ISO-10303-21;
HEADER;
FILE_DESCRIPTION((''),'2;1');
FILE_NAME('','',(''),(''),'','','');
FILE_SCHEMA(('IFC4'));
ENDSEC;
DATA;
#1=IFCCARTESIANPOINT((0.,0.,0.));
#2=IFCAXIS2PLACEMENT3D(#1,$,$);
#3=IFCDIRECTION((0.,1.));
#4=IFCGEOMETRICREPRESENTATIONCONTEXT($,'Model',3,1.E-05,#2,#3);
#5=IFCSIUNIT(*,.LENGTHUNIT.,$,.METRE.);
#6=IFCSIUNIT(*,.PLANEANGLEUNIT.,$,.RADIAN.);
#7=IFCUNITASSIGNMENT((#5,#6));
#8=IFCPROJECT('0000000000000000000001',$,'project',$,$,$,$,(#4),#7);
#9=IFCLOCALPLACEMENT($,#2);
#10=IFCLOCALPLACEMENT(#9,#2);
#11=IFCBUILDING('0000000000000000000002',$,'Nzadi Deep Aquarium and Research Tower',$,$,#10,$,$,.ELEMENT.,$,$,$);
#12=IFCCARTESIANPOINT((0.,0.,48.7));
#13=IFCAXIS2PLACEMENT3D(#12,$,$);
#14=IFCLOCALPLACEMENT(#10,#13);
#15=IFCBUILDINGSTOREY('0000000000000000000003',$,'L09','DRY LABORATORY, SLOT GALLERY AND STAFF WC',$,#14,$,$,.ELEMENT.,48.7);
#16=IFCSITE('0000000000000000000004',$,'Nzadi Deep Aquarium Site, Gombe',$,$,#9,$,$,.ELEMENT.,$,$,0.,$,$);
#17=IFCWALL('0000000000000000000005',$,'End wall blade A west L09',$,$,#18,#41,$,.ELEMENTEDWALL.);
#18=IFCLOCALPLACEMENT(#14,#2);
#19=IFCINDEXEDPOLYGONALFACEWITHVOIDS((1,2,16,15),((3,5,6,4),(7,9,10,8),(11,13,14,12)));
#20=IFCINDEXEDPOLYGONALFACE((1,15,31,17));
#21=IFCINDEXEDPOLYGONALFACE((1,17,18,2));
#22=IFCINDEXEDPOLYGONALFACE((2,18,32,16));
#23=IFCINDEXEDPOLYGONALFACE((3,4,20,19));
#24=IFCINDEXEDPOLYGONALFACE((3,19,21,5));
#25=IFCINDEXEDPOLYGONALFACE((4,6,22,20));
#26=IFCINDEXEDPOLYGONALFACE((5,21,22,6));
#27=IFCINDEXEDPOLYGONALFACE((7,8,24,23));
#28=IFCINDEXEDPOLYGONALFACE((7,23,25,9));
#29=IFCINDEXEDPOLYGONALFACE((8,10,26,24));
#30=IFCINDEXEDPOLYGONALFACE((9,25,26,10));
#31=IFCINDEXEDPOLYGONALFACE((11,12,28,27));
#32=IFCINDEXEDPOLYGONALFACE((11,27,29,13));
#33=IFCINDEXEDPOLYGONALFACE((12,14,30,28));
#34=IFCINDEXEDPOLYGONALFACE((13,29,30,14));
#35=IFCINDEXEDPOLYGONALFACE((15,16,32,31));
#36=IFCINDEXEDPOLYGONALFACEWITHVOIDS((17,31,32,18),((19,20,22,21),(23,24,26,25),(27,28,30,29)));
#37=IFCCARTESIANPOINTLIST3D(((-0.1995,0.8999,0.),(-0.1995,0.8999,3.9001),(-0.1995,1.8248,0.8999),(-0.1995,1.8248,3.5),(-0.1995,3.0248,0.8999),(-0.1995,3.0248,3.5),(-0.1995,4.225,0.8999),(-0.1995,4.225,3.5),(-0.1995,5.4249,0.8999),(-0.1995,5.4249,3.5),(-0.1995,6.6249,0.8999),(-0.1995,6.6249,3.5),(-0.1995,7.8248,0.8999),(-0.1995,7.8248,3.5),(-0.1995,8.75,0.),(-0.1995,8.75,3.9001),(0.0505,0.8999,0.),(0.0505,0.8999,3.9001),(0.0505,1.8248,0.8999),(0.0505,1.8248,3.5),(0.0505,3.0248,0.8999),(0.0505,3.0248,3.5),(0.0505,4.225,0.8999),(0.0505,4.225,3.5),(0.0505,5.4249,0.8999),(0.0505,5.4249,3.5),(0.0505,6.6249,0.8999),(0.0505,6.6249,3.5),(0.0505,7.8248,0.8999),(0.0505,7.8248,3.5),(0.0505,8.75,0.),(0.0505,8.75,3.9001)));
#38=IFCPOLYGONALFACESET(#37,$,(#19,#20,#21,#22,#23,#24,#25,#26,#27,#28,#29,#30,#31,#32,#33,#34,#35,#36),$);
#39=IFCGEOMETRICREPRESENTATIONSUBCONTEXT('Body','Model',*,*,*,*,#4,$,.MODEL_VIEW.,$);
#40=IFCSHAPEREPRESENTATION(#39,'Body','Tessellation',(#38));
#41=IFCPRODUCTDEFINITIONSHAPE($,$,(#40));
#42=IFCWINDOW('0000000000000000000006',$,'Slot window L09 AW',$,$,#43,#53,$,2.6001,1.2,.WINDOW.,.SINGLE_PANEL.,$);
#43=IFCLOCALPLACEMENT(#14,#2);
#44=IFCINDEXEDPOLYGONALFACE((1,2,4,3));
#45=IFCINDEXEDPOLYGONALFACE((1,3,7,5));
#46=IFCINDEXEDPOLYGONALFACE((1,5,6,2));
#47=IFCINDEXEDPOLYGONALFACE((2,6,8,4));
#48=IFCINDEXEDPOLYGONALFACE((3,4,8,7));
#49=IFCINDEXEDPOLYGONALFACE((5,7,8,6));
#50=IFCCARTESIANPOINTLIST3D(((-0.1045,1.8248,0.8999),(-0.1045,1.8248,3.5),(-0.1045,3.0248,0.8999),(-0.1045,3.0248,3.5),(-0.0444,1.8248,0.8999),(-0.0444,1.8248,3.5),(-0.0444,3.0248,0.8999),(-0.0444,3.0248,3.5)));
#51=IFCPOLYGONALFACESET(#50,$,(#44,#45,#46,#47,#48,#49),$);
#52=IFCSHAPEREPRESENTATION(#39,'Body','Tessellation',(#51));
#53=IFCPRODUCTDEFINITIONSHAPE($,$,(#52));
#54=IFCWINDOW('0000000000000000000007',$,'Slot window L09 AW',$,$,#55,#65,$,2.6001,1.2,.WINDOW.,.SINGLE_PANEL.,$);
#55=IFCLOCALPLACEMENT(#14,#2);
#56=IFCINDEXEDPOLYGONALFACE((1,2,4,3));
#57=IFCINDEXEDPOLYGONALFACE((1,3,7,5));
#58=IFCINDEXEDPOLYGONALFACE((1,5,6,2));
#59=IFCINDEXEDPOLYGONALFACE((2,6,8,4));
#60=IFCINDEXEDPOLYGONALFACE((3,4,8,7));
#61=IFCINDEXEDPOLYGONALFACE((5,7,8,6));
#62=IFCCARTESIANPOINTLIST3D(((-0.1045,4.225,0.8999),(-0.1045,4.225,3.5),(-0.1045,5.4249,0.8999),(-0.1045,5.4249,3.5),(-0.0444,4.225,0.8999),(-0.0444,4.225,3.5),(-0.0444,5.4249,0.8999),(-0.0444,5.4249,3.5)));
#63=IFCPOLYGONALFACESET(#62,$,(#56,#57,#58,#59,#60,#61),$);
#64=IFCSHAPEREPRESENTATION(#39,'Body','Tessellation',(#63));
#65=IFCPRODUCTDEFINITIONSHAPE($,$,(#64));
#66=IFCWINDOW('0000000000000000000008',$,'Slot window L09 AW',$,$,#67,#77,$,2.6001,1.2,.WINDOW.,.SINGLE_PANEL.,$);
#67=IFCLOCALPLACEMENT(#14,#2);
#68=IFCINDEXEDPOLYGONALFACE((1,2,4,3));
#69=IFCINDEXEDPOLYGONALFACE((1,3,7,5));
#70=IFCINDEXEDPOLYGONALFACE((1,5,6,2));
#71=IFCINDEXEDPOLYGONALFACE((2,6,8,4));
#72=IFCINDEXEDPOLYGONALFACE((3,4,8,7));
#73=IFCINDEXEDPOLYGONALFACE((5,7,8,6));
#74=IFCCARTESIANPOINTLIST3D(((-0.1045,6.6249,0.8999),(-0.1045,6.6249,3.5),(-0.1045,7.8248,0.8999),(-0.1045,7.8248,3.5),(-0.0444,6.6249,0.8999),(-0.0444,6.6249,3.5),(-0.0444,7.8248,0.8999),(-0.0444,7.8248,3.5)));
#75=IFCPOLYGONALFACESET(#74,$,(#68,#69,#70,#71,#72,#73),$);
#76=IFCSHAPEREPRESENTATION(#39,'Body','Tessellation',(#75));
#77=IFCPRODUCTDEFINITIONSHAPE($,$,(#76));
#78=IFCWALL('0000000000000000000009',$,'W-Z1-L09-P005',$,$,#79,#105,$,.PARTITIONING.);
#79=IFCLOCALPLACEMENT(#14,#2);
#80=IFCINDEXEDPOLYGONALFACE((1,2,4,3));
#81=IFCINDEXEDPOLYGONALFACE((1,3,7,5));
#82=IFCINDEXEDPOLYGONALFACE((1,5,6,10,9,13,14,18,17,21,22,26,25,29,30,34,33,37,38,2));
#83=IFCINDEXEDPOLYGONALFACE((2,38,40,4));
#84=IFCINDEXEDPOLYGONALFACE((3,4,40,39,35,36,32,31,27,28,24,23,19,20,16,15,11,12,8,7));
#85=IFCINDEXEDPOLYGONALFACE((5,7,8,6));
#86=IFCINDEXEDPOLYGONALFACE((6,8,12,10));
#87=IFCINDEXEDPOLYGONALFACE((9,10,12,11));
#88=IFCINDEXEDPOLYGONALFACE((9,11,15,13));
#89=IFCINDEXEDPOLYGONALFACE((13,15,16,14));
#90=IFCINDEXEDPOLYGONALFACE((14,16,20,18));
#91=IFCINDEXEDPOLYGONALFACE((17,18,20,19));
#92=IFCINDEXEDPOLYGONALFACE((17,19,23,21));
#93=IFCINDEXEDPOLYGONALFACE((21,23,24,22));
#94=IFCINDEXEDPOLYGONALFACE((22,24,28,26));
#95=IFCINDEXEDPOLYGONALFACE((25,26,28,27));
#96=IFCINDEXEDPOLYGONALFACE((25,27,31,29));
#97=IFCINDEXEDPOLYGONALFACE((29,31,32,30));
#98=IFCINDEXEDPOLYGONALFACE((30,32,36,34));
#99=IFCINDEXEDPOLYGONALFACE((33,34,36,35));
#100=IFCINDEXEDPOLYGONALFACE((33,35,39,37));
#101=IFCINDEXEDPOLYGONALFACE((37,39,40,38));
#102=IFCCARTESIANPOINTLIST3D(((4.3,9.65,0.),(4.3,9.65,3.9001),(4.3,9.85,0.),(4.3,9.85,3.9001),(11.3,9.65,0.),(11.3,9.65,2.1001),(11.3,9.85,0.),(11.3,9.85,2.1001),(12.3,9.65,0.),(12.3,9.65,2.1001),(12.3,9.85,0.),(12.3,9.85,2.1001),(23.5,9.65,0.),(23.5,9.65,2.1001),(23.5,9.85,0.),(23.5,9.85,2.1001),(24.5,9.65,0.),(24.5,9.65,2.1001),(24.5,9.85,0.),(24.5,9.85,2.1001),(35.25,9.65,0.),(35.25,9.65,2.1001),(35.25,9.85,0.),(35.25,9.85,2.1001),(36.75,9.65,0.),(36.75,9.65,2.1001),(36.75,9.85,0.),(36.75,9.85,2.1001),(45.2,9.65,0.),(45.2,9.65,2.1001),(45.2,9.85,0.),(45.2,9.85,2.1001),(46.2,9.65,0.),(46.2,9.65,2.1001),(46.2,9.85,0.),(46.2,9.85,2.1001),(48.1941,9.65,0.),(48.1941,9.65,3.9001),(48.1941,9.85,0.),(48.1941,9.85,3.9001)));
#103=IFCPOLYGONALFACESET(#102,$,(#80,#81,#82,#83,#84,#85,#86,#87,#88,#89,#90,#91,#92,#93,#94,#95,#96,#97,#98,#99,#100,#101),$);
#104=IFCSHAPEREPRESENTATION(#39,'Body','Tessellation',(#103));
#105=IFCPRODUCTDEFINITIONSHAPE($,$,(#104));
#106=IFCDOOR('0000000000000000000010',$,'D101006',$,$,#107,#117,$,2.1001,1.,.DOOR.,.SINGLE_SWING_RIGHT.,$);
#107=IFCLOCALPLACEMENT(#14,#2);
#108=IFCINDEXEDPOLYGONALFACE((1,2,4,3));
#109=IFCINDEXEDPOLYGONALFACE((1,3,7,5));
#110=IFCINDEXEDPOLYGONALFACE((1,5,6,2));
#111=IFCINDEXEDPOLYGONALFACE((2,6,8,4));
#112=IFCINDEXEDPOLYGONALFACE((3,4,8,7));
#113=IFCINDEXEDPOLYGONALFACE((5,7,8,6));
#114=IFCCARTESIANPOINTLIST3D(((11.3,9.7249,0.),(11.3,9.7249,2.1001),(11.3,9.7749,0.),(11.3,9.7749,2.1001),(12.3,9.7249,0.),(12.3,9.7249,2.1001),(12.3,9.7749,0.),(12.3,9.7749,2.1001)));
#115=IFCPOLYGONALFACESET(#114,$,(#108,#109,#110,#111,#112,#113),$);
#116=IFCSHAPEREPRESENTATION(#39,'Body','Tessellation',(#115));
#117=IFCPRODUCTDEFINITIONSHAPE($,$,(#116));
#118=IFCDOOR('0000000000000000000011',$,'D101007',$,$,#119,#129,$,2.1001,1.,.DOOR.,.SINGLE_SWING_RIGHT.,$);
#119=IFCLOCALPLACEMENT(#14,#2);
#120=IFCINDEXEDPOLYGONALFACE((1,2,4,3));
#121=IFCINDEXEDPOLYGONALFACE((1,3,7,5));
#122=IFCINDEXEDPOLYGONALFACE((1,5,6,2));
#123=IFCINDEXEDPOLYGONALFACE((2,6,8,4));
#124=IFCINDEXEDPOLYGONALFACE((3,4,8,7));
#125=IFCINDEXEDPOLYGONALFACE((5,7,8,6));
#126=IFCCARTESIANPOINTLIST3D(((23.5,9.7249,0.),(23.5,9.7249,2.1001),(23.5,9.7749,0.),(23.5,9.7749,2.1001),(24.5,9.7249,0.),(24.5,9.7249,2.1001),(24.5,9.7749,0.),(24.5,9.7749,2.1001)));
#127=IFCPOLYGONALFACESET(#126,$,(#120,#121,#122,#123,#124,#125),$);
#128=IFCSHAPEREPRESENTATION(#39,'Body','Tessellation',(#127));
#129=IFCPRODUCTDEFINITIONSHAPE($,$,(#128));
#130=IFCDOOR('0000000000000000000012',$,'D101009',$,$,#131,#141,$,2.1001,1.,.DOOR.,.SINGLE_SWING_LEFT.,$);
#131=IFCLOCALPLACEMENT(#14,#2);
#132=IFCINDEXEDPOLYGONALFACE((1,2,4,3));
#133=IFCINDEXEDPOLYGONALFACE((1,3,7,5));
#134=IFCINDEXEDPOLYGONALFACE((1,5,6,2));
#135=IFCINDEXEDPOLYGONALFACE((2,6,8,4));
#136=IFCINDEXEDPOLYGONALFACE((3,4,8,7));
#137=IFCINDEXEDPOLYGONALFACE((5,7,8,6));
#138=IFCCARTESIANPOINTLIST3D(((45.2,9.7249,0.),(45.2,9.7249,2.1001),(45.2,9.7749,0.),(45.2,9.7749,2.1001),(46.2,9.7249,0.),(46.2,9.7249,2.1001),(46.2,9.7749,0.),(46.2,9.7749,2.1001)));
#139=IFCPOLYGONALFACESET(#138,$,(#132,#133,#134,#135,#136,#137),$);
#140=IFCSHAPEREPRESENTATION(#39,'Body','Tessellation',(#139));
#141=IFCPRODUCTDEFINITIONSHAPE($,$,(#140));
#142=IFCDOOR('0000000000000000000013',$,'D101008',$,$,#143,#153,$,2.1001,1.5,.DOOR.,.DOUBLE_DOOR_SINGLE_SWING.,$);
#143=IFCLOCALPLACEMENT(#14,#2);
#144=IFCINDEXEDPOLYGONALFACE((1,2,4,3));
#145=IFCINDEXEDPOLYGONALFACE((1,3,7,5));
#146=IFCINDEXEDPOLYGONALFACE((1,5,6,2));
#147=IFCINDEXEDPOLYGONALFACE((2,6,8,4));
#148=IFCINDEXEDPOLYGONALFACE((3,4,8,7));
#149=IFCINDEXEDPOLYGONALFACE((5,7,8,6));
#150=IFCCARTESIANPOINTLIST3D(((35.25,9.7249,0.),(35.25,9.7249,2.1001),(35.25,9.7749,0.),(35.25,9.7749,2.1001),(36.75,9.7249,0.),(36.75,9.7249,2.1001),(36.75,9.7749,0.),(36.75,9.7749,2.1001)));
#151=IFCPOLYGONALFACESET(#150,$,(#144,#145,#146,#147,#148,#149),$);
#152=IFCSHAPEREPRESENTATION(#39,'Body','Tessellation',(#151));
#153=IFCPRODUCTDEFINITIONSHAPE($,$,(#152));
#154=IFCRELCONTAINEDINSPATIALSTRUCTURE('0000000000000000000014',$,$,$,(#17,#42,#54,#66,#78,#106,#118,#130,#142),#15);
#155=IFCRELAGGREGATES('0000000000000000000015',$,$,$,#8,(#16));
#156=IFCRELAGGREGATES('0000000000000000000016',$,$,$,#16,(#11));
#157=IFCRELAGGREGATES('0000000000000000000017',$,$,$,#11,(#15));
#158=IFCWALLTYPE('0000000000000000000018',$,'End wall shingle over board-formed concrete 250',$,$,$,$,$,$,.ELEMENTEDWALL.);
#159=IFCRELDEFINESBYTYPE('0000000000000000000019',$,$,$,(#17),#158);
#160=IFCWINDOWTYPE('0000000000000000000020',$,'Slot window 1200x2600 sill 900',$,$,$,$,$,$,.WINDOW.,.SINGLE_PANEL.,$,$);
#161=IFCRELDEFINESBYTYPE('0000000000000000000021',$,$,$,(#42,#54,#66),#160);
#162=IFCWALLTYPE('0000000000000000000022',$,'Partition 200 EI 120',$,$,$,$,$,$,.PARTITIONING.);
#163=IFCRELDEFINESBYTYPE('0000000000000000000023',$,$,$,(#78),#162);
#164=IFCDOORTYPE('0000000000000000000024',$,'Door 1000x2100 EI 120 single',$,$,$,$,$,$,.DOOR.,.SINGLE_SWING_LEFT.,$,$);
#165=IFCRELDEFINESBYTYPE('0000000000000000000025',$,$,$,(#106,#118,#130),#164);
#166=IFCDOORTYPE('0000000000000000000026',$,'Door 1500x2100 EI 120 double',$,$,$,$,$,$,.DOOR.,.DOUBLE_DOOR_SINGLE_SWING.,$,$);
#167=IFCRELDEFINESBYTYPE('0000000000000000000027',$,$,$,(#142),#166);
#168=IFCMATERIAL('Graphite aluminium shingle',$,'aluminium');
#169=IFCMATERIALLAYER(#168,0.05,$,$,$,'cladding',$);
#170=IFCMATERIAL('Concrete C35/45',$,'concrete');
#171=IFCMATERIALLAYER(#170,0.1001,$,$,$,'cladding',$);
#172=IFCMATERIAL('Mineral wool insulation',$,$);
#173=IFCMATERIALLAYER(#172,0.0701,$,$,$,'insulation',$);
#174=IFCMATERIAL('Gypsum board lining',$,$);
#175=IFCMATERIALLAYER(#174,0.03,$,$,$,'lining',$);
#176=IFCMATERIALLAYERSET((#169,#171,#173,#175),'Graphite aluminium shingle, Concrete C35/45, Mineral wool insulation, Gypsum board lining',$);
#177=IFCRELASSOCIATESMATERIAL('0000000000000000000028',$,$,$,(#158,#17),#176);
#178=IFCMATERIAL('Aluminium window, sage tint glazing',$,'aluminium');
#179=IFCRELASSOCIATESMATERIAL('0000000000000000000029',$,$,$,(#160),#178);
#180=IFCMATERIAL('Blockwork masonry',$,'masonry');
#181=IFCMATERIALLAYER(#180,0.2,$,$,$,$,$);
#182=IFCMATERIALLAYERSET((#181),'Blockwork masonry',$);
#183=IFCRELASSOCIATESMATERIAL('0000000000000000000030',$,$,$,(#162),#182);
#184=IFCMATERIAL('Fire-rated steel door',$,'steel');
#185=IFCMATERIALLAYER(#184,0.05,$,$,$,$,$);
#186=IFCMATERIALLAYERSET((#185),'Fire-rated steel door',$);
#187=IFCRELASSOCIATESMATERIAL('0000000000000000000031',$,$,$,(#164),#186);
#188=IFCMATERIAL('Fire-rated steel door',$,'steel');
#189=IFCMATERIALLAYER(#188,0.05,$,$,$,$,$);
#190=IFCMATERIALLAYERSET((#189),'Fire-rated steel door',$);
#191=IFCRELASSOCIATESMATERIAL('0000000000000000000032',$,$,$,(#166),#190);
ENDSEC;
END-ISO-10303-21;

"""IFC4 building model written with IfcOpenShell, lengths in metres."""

from ifc_helpers import new_model, si_unit, direction, frame, frame_2d, origin, place, context, subcontext, project, spatial, rectangle, extrude, material, layer, layer_set, layer_usage, type_object, element, fill, save


model = new_model("IFC4")

# Units and contexts
model_context = context("Model", 3, precision=1e-05, world=origin(), true_north=direction((0.0, 1.0)))
body_context = subcontext(model_context, "Body", "Model", "MODEL_VIEW")
ifc_project = project(units=[si_unit("LENGTHUNIT", "METRE"), si_unit("PLANEANGLEUNIT", "RADIAN")], contexts=[model_context])

# Site, building, storey
site_placement = place(None, origin())
site = spatial("IfcSite", under=ifc_project, at=site_placement, Name="Nzadi Deep Aquarium Site, Gombe", CompositionType="ELEMENT", RefElevation=0.0)
building_placement = place(site_placement, origin())
building = spatial("IfcBuilding", under=site, at=building_placement, Name="Nzadi Deep Aquarium and Research Tower", CompositionType="ELEMENT")
storey_placement = place(building_placement, frame((0.0, 0.0, 48.7)))
storey = spatial("IfcBuildingStorey", under=building, at=storey_placement, Name="L09", Description="DRY LABORATORY, SLOT GALLERY AND STAFF WC", CompositionType="ELEMENT", Elevation=48.7)

# Shared definitions
ifc_material_1 = material(Name="Concrete C35/45", Category="concrete")
ifc_material_2 = material(Name="Mineral wool insulation")
ifc_material_3 = material(Name="Gypsum board lining")

# Wall, openings, windows
ifc_material_4 = material(Name="Graphite aluminium shingle", Category="aluminium")
ifc_layer_1 = layer(ifc_material_4, 0.05, Category="cladding")
ifc_layer_2 = layer(ifc_material_1, 0.1001, Category="cladding")
ifc_layer_3 = layer(ifc_material_2, 0.0701, Category="insulation")
ifc_layer_4 = layer(ifc_material_3, 0.03, Category="lining")
ifc_layer_set_1 = layer_set([ifc_layer_1, ifc_layer_2, ifc_layer_3, ifc_layer_4], Name="Graphite aluminium shingle, Concrete C35/45, Mineral wool insulation, Gypsum board lining")
ifc_layer_usage_1 = layer_usage(ifc_layer_set_1, "AXIS2", "POSITIVE", -0.125)
wall_type_1 = type_object("IfcWallType", Name="End wall shingle over board-formed concrete 250", PredefinedType="ELEMENTEDWALL", material=ifc_layer_set_1)
wall_1_placement = place(storey_placement, frame((-0.0745, 8.75, 0.0), z_axis=(0.0, 0.0, 1.0), x_axis=(0.0, -1.0, 0.0)))
wall_1 = element("IfcWall", 1, at=wall_1_placement, inside=storey, type_object=wall_type_1, material=ifc_layer_usage_1, Name="End wall blade A west L09", PredefinedType="ELEMENTEDWALL", context=body_context, shape_type="SweptSolid", body=[
    extrude(rectangle(XDim=7.8501, YDim=0.25, at=frame_2d((3.925, 0.0))), origin(), (0.0, 0.0, 1.0), 3.9001),
])
opening_1_placement = place(wall_1_placement, frame((5.7251, 0.0, 0.8999)))
opening_1 = element("IfcOpeningElement", 2, at=opening_1_placement, cuts=wall_1, PredefinedType="OPENING", context=body_context, shape_type="SweptSolid", body=[
    extrude(rectangle(XDim=1.2, YDim=2.6001, at=frame_2d((0.6001, 1.3))), frame((0.0, 0.135, 0.0), z_axis=(0.0, -1.0, 0.0), x_axis=(1.0, 0.0, 0.0)), (0.0, 0.0, 1.0), 0.27),
])
opening_2_placement = place(wall_1_placement, frame((3.325, 0.0, 0.8999)))
opening_2 = element("IfcOpeningElement", 3, at=opening_2_placement, cuts=wall_1, PredefinedType="OPENING", context=body_context, shape_type="SweptSolid", body=[
    extrude(rectangle(XDim=1.2, YDim=2.6001, at=frame_2d((0.6001, 1.3))), frame((0.0, 0.135, 0.0), z_axis=(0.0, -1.0, 0.0), x_axis=(1.0, 0.0, 0.0)), (0.0, 0.0, 1.0), 0.27),
])
opening_3_placement = place(wall_1_placement, frame((0.925, 0.0, 0.8999)))
opening_3 = element("IfcOpeningElement", 4, at=opening_3_placement, cuts=wall_1, PredefinedType="OPENING", context=body_context, shape_type="SweptSolid", body=[
    extrude(rectangle(XDim=1.2, YDim=2.6001, at=frame_2d((0.6001, 1.3))), frame((0.0, 0.135, 0.0), z_axis=(0.0, -1.0, 0.0), x_axis=(1.0, 0.0, 0.0)), (0.0, 0.0, 1.0), 0.27),
])
ifc_material_5 = material(Name="Aluminium window, sage tint glazing", Category="aluminium")
window_type = type_object("IfcWindowType", Name="Slot window 1200x2600 sill 900", PartitioningType="SINGLE_PANEL", PredefinedType="WINDOW", material=ifc_material_5)
window_1_placement = place(opening_1_placement, origin())
window_1 = element("IfcWindow", 5, at=window_1_placement, inside=storey, type_object=window_type, Name="Slot window L09 AW", OverallHeight=2.6001, OverallWidth=1.2, PartitioningType="SINGLE_PANEL", PredefinedType="WINDOW", context=body_context, shape_type="SweptSolid", body=[
    extrude(rectangle(XDim=1.2, YDim=2.6001, at=frame_2d((0.6001, 1.3))), frame((0.0, 0.03, 0.0), z_axis=(0.0, -1.0, 0.0), x_axis=(1.0, 0.0, 0.0)), (0.0, 0.0, 1.0), 0.0601),
])
fill(opening_1, window_1)
window_2_placement = place(opening_2_placement, origin())
window_2 = element("IfcWindow", 6, at=window_2_placement, inside=storey, type_object=window_type, Name="Slot window L09 AW", OverallHeight=2.6001, OverallWidth=1.2, PartitioningType="SINGLE_PANEL", PredefinedType="WINDOW", context=body_context, shape_type="SweptSolid", body=[
    extrude(rectangle(XDim=1.2, YDim=2.6001, at=frame_2d((0.6001, 1.3))), frame((0.0, 0.03, 0.0), z_axis=(0.0, -1.0, 0.0), x_axis=(1.0, 0.0, 0.0)), (0.0, 0.0, 1.0), 0.0601),
])
fill(opening_2, window_2)
window_3_placement = place(opening_3_placement, origin())
window_3 = element("IfcWindow", 7, at=window_3_placement, inside=storey, type_object=window_type, Name="Slot window L09 AW", OverallHeight=2.6001, OverallWidth=1.2, PartitioningType="SINGLE_PANEL", PredefinedType="WINDOW", context=body_context, shape_type="SweptSolid", body=[
    extrude(rectangle(XDim=1.2, YDim=2.6001, at=frame_2d((0.6001, 1.3))), frame((0.0, 0.03, 0.0), z_axis=(0.0, -1.0, 0.0), x_axis=(1.0, 0.0, 0.0)), (0.0, 0.0, 1.0), 0.0601),
])
fill(opening_3, window_3)

# Wall, openings, doors
ifc_material_6 = material(Name="Blockwork masonry", Category="masonry")
ifc_layer_5 = layer(ifc_material_6, 0.2)
ifc_layer_set_2 = layer_set([ifc_layer_5], Name="Blockwork masonry")
wall_type_2 = type_object("IfcWallType", Name="Partition 200 EI 120", PredefinedType="PARTITIONING", material=ifc_layer_set_2)
wall_2_placement = place(storey_placement, frame((4.3, 9.75, 0.0), z_axis=(0.0, 0.0, 1.0), x_axis=(1.0, 0.0, 0.0)))
wall_2 = element("IfcWall", 8, at=wall_2_placement, inside=storey, type_object=wall_type_2, Name="W-Z1-L09-P005", PredefinedType="PARTITIONING", context=body_context, shape_type="SweptSolid", body=[
    extrude(rectangle(XDim=43.894, YDim=0.2, at=frame_2d((21.947, 0.0))), origin(), (0.0, 0.0, 1.0), 3.9001),
])
opening_4_placement = place(wall_2_placement, frame((7.0, 0.0, 0.0)))
opening_4 = element("IfcOpeningElement", 9, at=opening_4_placement, cuts=wall_2, PredefinedType="OPENING", context=body_context, shape_type="SweptSolid", body=[
    extrude(rectangle(XDim=1.0, YDim=2.1001, at=frame_2d((0.5, 1.05))), frame((0.0, 0.1101, 0.0), z_axis=(0.0, -1.0, 0.0), x_axis=(1.0, 0.0, 0.0)), (0.0, 0.0, 1.0), 0.2202),
])
opening_5_placement = place(wall_2_placement, frame((19.2, 0.0, 0.0)))
opening_5 = element("IfcOpeningElement", 10, at=opening_5_placement, cuts=wall_2, PredefinedType="OPENING", context=body_context, shape_type="SweptSolid", body=[
    extrude(rectangle(XDim=1.0, YDim=2.1001, at=frame_2d((0.5, 1.05))), frame((0.0, 0.1101, 0.0), z_axis=(0.0, -1.0, 0.0), x_axis=(1.0, 0.0, 0.0)), (0.0, 0.0, 1.0), 0.2202),
])
opening_6_placement = place(wall_2_placement, frame((30.95, 0.0, 0.0)))
opening_6 = element("IfcOpeningElement", 11, at=opening_6_placement, cuts=wall_2, PredefinedType="OPENING", context=body_context, shape_type="SweptSolid", body=[
    extrude(rectangle(XDim=1.5, YDim=2.1001, at=frame_2d((0.75, 1.05))), frame((0.0, 0.1101, 0.0), z_axis=(0.0, -1.0, 0.0), x_axis=(1.0, 0.0, 0.0)), (0.0, 0.0, 1.0), 0.2202),
])
opening_7_placement = place(wall_2_placement, frame((40.8999, 0.0, 0.0)))
opening_7 = element("IfcOpeningElement", 12, at=opening_7_placement, cuts=wall_2, PredefinedType="OPENING", context=body_context, shape_type="SweptSolid", body=[
    extrude(rectangle(XDim=1.0, YDim=2.1001, at=frame_2d((0.5, 1.05))), frame((0.0, 0.1101, 0.0), z_axis=(0.0, -1.0, 0.0), x_axis=(1.0, 0.0, 0.0)), (0.0, 0.0, 1.0), 0.2202),
])
ifc_material_7 = material(Name="Fire-rated steel door", Category="steel")
ifc_layer_6 = layer(ifc_material_7, 0.05)
ifc_layer_set_3 = layer_set([ifc_layer_6], Name="Fire-rated steel door")
door_type_1 = type_object("IfcDoorType", Name="Door 1000x2100 EI 120 single", OperationType="SINGLE_SWING_LEFT", PredefinedType="DOOR", material=ifc_layer_set_3)
door_1_placement = place(opening_4_placement, origin())
door_1 = element("IfcDoor", 13, at=door_1_placement, inside=storey, type_object=door_type_1, Name="D101006", OperationType="SINGLE_SWING_RIGHT", OverallHeight=2.1001, OverallWidth=1.0, PredefinedType="DOOR", context=body_context, shape_type="SweptSolid", body=[
    extrude(rectangle(XDim=1.0, YDim=2.1001, at=frame_2d((0.5, 1.05))), frame((0.0, 0.0249, 0.0), z_axis=(0.0, -1.0, 0.0), x_axis=(1.0, 0.0, 0.0)), (0.0, 0.0, 1.0), 0.05),
])
fill(opening_4, door_1)
door_2_placement = place(opening_5_placement, origin())
door_2 = element("IfcDoor", 14, at=door_2_placement, inside=storey, type_object=door_type_1, Name="D101007", OperationType="SINGLE_SWING_RIGHT", OverallHeight=2.1001, OverallWidth=1.0, PredefinedType="DOOR", context=body_context, shape_type="SweptSolid", body=[
    extrude(rectangle(XDim=1.0, YDim=2.1001, at=frame_2d((0.5, 1.05))), frame((0.0, 0.0249, 0.0), z_axis=(0.0, -1.0, 0.0), x_axis=(1.0, 0.0, 0.0)), (0.0, 0.0, 1.0), 0.05),
])
fill(opening_5, door_2)
door_3_placement = place(opening_7_placement, origin())
door_3 = element("IfcDoor", 15, at=door_3_placement, inside=storey, type_object=door_type_1, Name="D101009", OperationType="SINGLE_SWING_LEFT", OverallHeight=2.1001, OverallWidth=1.0, PredefinedType="DOOR", context=body_context, shape_type="SweptSolid", body=[
    extrude(rectangle(XDim=1.0, YDim=2.1001, at=frame_2d((0.5, 1.05))), frame((0.0, 0.0249, 0.0), z_axis=(0.0, -1.0, 0.0), x_axis=(1.0, 0.0, 0.0)), (0.0, 0.0, 1.0), 0.05),
])
fill(opening_7, door_3)
ifc_material_8 = material(Name="Fire-rated steel door", Category="steel")
ifc_layer_7 = layer(ifc_material_8, 0.05)
ifc_layer_set_4 = layer_set([ifc_layer_7], Name="Fire-rated steel door")
door_type_2 = type_object("IfcDoorType", Name="Door 1500x2100 EI 120 double", OperationType="DOUBLE_DOOR_SINGLE_SWING", PredefinedType="DOOR", material=ifc_layer_set_4)
door_4_placement = place(opening_6_placement, origin())
door_4 = element("IfcDoor", 16, at=door_4_placement, inside=storey, type_object=door_type_2, Name="D101008", OperationType="DOUBLE_DOOR_SINGLE_SWING", OverallHeight=2.1001, OverallWidth=1.5, PredefinedType="DOOR", context=body_context, shape_type="SweptSolid", body=[
    extrude(rectangle(XDim=1.5, YDim=2.1001, at=frame_2d((0.75, 1.05))), frame((0.0, 0.0249, 0.0), z_axis=(0.0, -1.0, 0.0), x_axis=(1.0, 0.0, 0.0)), (0.0, 0.0, 1.0), 0.05),
])
fill(opening_6, door_4)

save(model, "model.ifc")
